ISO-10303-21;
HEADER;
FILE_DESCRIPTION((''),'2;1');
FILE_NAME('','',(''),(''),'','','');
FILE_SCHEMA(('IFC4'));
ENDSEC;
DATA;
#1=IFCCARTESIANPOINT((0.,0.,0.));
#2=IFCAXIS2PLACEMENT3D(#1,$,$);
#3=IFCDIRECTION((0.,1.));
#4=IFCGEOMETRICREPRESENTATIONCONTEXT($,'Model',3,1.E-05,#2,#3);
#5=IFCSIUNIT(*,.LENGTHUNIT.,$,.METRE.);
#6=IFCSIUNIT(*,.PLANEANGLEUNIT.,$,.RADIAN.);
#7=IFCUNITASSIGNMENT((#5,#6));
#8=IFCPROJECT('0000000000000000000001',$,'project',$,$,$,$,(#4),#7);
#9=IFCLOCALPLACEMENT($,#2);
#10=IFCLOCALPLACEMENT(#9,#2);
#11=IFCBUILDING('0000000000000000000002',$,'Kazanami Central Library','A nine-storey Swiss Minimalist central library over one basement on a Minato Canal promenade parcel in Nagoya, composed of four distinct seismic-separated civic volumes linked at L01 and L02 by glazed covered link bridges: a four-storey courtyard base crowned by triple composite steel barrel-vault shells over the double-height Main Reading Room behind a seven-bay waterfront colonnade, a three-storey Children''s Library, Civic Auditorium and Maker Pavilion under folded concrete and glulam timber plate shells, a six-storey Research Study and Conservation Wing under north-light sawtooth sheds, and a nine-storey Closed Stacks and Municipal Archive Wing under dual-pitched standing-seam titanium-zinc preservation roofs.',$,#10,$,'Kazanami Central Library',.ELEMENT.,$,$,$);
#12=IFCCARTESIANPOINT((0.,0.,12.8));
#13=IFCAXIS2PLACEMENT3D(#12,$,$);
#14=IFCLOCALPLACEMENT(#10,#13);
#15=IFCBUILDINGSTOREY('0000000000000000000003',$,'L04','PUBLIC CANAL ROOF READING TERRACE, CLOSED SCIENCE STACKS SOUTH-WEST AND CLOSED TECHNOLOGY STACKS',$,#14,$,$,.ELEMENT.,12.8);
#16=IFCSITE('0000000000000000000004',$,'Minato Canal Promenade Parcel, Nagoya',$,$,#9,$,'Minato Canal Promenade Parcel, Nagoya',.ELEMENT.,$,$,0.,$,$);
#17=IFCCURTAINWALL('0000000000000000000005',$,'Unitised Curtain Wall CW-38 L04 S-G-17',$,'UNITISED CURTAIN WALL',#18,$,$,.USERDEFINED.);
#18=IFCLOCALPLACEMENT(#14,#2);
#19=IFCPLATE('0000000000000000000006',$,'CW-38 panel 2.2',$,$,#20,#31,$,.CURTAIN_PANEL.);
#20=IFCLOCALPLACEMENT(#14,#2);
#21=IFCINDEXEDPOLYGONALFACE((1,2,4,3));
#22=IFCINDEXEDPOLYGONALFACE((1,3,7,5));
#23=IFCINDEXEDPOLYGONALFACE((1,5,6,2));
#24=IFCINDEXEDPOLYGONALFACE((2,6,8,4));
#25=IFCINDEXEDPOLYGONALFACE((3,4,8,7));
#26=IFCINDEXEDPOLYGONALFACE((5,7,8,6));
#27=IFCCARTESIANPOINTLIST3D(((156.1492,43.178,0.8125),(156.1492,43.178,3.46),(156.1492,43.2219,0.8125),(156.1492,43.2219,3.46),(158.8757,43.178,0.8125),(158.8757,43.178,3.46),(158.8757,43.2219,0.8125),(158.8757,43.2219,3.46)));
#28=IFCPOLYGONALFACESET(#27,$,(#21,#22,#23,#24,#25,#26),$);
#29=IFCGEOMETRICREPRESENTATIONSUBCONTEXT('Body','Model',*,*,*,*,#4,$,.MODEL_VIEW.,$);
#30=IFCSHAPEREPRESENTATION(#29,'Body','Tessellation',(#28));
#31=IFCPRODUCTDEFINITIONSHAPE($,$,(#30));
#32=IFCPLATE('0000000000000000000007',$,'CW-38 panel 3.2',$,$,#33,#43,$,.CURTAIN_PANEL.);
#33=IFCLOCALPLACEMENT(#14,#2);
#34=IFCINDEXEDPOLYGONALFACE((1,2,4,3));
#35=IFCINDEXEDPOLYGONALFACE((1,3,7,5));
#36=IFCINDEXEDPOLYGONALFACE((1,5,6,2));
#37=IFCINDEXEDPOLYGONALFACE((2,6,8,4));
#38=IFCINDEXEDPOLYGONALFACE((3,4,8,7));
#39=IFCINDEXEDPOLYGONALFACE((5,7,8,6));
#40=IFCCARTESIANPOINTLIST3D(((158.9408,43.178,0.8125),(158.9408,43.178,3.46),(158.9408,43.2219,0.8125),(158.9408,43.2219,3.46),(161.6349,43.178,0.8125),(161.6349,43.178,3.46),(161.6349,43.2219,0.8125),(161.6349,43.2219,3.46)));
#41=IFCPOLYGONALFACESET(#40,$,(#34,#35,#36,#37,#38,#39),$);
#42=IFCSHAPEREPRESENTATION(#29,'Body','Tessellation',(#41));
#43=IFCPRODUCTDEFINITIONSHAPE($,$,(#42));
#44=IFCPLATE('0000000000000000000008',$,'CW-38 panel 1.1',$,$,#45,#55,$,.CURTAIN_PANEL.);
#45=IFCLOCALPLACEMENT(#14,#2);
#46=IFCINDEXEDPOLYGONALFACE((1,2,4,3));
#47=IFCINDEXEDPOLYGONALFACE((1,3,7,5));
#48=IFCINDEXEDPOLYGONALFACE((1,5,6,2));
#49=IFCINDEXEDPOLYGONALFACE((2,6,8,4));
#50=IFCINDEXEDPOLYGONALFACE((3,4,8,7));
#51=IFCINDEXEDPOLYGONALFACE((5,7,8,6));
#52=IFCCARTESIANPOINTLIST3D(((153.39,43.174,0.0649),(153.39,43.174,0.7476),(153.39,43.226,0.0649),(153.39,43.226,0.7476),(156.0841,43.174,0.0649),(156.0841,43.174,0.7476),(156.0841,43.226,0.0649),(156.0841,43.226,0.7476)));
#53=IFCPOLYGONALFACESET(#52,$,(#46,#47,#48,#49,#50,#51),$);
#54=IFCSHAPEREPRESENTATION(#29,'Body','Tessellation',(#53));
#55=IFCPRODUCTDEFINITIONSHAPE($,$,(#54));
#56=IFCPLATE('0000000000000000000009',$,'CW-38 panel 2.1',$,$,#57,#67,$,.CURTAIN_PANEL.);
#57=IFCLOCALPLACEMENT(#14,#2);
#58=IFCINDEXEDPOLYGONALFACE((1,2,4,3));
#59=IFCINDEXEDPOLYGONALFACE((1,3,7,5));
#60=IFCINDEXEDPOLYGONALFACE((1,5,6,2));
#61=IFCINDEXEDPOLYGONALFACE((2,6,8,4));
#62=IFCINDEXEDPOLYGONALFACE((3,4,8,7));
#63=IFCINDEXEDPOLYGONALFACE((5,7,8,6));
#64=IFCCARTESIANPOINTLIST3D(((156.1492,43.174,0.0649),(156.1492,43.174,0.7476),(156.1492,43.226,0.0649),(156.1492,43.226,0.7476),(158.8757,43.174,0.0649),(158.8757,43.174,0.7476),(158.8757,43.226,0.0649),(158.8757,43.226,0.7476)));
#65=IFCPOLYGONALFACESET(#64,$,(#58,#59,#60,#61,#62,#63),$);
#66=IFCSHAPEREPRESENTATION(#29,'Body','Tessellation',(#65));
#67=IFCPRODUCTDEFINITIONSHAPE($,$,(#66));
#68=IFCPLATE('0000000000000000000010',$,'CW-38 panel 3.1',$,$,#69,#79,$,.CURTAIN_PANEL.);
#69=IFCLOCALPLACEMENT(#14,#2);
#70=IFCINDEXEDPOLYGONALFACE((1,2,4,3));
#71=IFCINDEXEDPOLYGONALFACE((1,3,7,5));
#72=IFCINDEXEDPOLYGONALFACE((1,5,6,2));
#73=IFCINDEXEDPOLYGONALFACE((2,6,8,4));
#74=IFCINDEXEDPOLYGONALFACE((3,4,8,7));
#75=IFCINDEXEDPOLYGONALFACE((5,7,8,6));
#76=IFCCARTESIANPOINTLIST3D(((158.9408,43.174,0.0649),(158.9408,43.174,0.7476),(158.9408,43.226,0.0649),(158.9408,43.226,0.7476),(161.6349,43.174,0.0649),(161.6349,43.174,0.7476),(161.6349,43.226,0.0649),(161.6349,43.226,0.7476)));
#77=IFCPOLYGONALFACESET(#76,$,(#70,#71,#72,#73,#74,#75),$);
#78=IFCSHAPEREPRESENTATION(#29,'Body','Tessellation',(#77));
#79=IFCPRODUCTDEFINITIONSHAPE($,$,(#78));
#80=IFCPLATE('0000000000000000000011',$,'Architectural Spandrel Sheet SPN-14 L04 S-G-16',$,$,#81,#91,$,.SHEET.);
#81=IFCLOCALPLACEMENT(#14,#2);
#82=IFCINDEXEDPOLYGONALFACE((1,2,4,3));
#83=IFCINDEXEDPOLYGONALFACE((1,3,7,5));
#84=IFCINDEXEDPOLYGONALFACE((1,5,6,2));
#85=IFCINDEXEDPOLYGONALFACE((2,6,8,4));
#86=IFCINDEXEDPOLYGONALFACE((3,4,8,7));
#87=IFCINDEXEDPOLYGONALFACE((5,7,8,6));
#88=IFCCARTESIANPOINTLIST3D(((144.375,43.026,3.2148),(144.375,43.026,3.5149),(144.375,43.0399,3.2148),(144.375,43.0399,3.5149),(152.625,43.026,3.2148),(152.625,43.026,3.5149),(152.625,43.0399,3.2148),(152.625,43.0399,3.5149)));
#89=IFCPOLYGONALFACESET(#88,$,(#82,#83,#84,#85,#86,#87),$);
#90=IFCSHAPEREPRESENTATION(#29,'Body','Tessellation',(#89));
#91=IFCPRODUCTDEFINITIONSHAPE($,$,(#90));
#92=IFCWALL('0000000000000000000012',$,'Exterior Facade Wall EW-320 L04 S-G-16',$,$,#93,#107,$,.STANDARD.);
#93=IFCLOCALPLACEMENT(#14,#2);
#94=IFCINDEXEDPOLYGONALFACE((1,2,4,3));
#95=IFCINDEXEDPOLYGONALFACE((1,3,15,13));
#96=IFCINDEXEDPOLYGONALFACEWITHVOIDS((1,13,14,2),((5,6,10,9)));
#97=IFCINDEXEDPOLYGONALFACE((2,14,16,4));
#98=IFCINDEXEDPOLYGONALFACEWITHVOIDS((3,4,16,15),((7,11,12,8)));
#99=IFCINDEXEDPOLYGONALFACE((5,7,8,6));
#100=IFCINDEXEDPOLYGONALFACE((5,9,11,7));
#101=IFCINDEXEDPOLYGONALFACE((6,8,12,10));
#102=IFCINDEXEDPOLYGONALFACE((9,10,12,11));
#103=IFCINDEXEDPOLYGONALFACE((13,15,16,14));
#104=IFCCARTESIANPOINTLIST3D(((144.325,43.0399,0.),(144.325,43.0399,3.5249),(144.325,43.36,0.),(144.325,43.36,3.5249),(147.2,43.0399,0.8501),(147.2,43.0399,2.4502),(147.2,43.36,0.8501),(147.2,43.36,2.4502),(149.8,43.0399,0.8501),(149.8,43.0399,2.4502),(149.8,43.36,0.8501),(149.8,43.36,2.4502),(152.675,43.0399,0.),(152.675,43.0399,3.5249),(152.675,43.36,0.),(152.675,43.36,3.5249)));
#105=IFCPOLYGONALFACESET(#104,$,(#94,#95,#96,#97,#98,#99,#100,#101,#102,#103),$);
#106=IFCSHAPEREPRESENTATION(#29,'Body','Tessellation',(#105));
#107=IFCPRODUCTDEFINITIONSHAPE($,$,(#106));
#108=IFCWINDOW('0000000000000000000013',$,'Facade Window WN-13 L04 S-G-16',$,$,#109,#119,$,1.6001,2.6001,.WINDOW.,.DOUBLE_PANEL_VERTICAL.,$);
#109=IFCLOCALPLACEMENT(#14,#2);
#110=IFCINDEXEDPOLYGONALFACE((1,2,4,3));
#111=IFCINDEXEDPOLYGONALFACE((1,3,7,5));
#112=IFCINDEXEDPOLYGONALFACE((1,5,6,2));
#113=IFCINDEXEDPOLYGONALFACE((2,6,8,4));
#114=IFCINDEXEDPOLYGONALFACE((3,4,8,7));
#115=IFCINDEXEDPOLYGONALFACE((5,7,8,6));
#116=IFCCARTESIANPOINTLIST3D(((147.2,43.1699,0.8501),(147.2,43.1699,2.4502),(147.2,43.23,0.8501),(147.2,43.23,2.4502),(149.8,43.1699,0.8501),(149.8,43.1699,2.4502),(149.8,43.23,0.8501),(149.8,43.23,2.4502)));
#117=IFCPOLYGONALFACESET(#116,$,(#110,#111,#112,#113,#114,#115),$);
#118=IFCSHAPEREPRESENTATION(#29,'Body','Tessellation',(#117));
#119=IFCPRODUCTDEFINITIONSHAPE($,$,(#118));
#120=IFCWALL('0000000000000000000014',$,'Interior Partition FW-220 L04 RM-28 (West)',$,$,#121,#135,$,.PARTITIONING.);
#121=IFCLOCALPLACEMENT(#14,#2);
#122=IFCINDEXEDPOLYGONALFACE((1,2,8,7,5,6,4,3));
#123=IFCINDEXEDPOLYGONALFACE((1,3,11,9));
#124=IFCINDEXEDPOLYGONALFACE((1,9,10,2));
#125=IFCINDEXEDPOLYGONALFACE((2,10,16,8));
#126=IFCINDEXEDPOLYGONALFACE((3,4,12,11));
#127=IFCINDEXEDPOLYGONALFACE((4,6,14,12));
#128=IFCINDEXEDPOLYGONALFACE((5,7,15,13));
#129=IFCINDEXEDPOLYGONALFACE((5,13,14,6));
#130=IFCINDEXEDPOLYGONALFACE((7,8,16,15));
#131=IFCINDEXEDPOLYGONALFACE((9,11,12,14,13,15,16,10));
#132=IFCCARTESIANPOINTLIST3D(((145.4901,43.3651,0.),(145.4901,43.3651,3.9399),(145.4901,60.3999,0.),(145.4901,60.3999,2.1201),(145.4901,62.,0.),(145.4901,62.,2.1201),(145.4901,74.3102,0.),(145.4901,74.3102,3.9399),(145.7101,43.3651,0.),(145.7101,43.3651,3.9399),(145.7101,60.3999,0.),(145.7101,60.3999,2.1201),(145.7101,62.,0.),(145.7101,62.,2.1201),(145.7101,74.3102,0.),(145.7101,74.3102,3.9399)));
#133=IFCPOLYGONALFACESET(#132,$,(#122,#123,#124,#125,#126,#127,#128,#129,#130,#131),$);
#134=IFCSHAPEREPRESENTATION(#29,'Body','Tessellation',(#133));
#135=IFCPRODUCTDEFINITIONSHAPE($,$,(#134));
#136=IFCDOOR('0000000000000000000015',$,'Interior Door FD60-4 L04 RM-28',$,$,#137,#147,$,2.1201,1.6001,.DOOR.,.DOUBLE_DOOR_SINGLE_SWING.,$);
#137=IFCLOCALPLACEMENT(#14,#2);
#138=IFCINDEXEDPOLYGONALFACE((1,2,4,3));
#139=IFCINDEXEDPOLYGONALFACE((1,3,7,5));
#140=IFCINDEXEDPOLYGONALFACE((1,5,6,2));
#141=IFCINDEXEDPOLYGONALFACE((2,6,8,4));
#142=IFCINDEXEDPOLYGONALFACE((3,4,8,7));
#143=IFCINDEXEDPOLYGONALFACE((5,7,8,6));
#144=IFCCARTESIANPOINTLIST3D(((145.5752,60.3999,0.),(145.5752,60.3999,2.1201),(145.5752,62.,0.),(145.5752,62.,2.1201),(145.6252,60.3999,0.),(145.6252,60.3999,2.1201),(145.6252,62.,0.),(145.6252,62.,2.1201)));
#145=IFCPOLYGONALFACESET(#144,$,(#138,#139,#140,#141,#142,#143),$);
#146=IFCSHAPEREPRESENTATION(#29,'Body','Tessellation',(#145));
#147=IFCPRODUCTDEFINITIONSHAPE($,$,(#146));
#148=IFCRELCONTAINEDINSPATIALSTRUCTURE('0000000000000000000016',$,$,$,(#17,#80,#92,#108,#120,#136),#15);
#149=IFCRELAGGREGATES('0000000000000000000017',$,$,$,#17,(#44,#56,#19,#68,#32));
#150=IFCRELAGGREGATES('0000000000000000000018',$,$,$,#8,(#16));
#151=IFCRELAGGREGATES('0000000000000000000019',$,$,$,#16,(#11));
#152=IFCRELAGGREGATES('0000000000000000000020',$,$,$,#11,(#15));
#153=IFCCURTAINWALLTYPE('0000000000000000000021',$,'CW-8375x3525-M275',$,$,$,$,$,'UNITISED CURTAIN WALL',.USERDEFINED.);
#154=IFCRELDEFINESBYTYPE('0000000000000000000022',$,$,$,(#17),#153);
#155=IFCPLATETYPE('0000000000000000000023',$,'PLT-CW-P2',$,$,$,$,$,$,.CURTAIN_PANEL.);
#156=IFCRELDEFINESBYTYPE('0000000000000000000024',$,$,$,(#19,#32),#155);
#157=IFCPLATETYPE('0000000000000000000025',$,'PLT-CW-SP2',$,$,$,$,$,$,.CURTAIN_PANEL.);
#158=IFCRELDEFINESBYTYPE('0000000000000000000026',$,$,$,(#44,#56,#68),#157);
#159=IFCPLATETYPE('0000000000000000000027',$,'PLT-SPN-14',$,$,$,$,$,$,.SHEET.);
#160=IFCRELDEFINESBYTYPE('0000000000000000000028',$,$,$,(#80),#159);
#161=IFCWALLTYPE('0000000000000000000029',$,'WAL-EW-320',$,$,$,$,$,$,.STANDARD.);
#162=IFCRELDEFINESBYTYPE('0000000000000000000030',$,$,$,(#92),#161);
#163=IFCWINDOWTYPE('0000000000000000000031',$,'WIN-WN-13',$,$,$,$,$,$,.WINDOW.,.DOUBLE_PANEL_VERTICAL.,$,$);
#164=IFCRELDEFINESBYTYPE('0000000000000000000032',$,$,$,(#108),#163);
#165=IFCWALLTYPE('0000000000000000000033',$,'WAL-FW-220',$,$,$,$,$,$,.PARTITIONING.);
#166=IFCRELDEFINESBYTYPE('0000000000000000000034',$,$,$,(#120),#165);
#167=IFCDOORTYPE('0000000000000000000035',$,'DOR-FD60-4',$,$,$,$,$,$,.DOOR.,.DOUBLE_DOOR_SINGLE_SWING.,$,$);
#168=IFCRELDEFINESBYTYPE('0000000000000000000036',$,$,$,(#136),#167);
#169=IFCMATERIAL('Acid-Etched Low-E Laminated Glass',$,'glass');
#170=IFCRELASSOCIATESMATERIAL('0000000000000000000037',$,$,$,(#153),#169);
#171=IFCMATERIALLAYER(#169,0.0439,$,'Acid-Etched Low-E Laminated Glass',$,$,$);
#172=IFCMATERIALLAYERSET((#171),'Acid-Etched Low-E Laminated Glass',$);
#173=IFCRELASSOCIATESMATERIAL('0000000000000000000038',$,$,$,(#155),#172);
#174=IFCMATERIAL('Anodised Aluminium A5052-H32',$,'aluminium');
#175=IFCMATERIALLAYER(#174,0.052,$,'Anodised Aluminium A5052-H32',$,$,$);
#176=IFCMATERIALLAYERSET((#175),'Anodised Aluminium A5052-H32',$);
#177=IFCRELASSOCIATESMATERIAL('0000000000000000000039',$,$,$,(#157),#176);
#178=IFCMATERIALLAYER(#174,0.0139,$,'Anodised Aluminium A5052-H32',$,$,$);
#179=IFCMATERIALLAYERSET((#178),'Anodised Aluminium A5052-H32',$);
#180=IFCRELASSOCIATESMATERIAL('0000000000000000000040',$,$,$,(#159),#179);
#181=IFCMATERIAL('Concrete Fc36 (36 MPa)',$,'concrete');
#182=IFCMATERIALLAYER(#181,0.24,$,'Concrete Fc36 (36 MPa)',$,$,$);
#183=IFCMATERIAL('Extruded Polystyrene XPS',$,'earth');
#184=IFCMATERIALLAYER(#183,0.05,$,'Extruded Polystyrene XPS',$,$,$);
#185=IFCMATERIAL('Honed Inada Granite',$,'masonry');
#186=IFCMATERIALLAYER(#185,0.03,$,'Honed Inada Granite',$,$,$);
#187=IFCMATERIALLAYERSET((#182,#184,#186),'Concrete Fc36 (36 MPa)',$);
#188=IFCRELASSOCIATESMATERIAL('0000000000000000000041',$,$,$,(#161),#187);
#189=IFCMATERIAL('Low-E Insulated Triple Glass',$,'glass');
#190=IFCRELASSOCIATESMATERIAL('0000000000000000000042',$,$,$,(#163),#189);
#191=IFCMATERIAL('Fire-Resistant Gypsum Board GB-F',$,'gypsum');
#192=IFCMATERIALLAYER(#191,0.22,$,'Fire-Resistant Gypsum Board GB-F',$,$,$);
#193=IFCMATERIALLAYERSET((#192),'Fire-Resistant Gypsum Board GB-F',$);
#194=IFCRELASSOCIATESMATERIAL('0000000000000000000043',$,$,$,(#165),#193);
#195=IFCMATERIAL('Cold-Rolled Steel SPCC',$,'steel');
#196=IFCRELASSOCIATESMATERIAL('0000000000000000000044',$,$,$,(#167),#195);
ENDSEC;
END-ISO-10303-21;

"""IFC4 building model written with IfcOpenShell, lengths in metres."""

from ifc_helpers import new_model, si_unit, direction, frame, frame_2d, origin, origin_2d, place, context, subcontext, project, spatial, rectangle, extrude, material, layer, layer_set, type_object, element, fill, aggregate, save


model = new_model("IFC4")

# Units and contexts
model_context = context("Model", 3, precision=1e-05, world=origin(), true_north=direction((0.0, 1.0)))
body_context = subcontext(model_context, "Body", "Model", "MODEL_VIEW")
ifc_project = project(units=[si_unit("LENGTHUNIT", "METRE"), si_unit("PLANEANGLEUNIT", "RADIAN")], contexts=[model_context])

# Site, building, storey
site_placement = place(None, origin())
site = spatial("IfcSite", under=ifc_project, at=site_placement, Name="Minato Canal Promenade Parcel, Nagoya", LongName="Minato Canal Promenade Parcel, Nagoya", CompositionType="ELEMENT", RefElevation=0.0)
building_placement = place(site_placement, origin())
building = spatial("IfcBuilding", under=site, at=building_placement, Name="Kazanami Central Library", Description="A nine-storey Swiss Minimalist central library over one basement on a Minato Canal promenade parcel in Nagoya, composed of four distinct seismic-separated civic volumes linked at L01 and L02 by glazed covered link bridges: a four-storey courtyard base crowned by triple composite steel barrel-vault shells over the double-height Main Reading Room behind a seven-bay waterfront colonnade, a three-storey Children's Library, Civic Auditorium and Maker Pavilion under folded concrete and glulam timber plate shells, a six-storey Research Study and Conservation Wing under north-light sawtooth sheds, and a nine-storey Closed Stacks and Municipal Archive Wing under dual-pitched standing-seam titanium-zinc preservation roofs.", LongName="Kazanami Central Library", CompositionType="ELEMENT")
storey_placement = place(building_placement, frame((0.0, 0.0, 12.8)))
storey = spatial("IfcBuildingStorey", under=building, at=storey_placement, Name="L04", Description="PUBLIC CANAL ROOF READING TERRACE, CLOSED SCIENCE STACKS SOUTH-WEST AND CLOSED TECHNOLOGY STACKS", CompositionType="ELEMENT", Elevation=12.8)

# Curtain wall, plates
ifc_material_1 = material(Name="Acid-Etched Low-E Laminated Glass", Category="glass")
curtain_wall_type = type_object("IfcCurtainWallType", Name="CW-8375x3525-M275", ElementType="UNITISED CURTAIN WALL", PredefinedType="USERDEFINED", material=ifc_material_1)
curtain_wall_placement = place(storey_placement, origin())
curtain_wall = element("IfcCurtainWall", 1, at=curtain_wall_placement, inside=storey, type_object=curtain_wall_type, Name="Unitised Curtain Wall CW-38 L04 S-G-17", ObjectType="UNITISED CURTAIN WALL", PredefinedType="USERDEFINED")
ifc_layer_1 = layer(ifc_material_1, 0.0439, Name="Acid-Etched Low-E Laminated Glass")
ifc_layer_set_1 = layer_set([ifc_layer_1], Name="Acid-Etched Low-E Laminated Glass")
plate_type_1 = type_object("IfcPlateType", Name="PLT-CW-P2", PredefinedType="CURTAIN_PANEL", material=ifc_layer_set_1)
plate_1_placement = place(storey_placement, frame((157.5125, 43.2, 0.8125), z_axis=(0.0, 0.0, 1.0), x_axis=(1.0, 0.0, 0.0)))
plate_1 = element("IfcPlate", 2, at=plate_1_placement, type_object=plate_type_1, Name="CW-38 panel 2.2", PredefinedType="CURTAIN_PANEL", context=body_context, shape_type="SweptSolid", body=[
    extrude(rectangle(XDim=2.7266, YDim=0.0439, at=origin_2d()), origin(), (0.0, 0.0, 1.0), 2.6475),
])
plate_2_placement = place(storey_placement, frame((160.2878, 43.2, 0.8125), z_axis=(0.0, 0.0, 1.0), x_axis=(1.0, 0.0, 0.0)))
plate_2 = element("IfcPlate", 3, at=plate_2_placement, type_object=plate_type_1, Name="CW-38 panel 3.2", PredefinedType="CURTAIN_PANEL", context=body_context, shape_type="SweptSolid", body=[
    extrude(rectangle(XDim=2.6941, YDim=0.0439, at=origin_2d()), origin(), (0.0, 0.0, 1.0), 2.6475),
])
ifc_material_2 = material(Name="Anodised Aluminium A5052-H32", Category="aluminium")
ifc_layer_2 = layer(ifc_material_2, 0.052, Name="Anodised Aluminium A5052-H32")
ifc_layer_set_2 = layer_set([ifc_layer_2], Name="Anodised Aluminium A5052-H32")
plate_type_2 = type_object("IfcPlateType", Name="PLT-CW-SP2", PredefinedType="CURTAIN_PANEL", material=ifc_layer_set_2)
plate_3_placement = place(storey_placement, frame((154.7371, 43.2, 0.0649), z_axis=(0.0, 0.0, 1.0), x_axis=(1.0, 0.0, 0.0)))
plate_3 = element("IfcPlate", 4, at=plate_3_placement, type_object=plate_type_2, Name="CW-38 panel 1.1", PredefinedType="CURTAIN_PANEL", context=body_context, shape_type="SweptSolid", body=[
    extrude(rectangle(XDim=2.6941, YDim=0.052, at=origin_2d()), origin(), (0.0, 0.0, 1.0), 0.6826),
])
plate_4_placement = place(storey_placement, frame((157.5125, 43.2, 0.0649), z_axis=(0.0, 0.0, 1.0), x_axis=(1.0, 0.0, 0.0)))
plate_4 = element("IfcPlate", 5, at=plate_4_placement, type_object=plate_type_2, Name="CW-38 panel 2.1", PredefinedType="CURTAIN_PANEL", context=body_context, shape_type="SweptSolid", body=[
    extrude(rectangle(XDim=2.7266, YDim=0.052, at=origin_2d()), origin(), (0.0, 0.0, 1.0), 0.6826),
])
plate_5_placement = place(storey_placement, frame((160.2878, 43.2, 0.0649), z_axis=(0.0, 0.0, 1.0), x_axis=(1.0, 0.0, 0.0)))
plate_5 = element("IfcPlate", 6, at=plate_5_placement, type_object=plate_type_2, Name="CW-38 panel 3.1", PredefinedType="CURTAIN_PANEL", context=body_context, shape_type="SweptSolid", body=[
    extrude(rectangle(XDim=2.6941, YDim=0.052, at=origin_2d()), origin(), (0.0, 0.0, 1.0), 0.6826),
])
aggregate(curtain_wall, [plate_3, plate_4, plate_1, plate_5, plate_2])

# Plate
ifc_layer_3 = layer(ifc_material_2, 0.0139, Name="Anodised Aluminium A5052-H32")
ifc_layer_set_3 = layer_set([ifc_layer_3], Name="Anodised Aluminium A5052-H32")
plate_type_3 = type_object("IfcPlateType", Name="PLT-SPN-14", PredefinedType="SHEET", material=ifc_layer_set_3)
plate_6_placement = place(storey_placement, frame((148.5, 43.033, 3.2148), z_axis=(0.0, 0.0, 1.0), x_axis=(1.0, 0.0, 0.0)))
element("IfcPlate", 7, at=plate_6_placement, inside=storey, type_object=plate_type_3, Name="Architectural Spandrel Sheet SPN-14 L04 S-G-16", PredefinedType="SHEET", context=body_context, shape_type="SweptSolid", body=[
    extrude(rectangle(XDim=8.25, YDim=0.0139, at=origin_2d()), origin(), (0.0, 0.0, 1.0), 0.3),
])

# Wall, opening, window
ifc_material_3 = material(Name="Concrete Fc36 (36 MPa)", Category="concrete")
ifc_layer_4 = layer(ifc_material_3, 0.24, Name="Concrete Fc36 (36 MPa)")
ifc_material_4 = material(Name="Extruded Polystyrene XPS", Category="earth")
ifc_layer_5 = layer(ifc_material_4, 0.05, Name="Extruded Polystyrene XPS")
ifc_material_5 = material(Name="Honed Inada Granite", Category="masonry")
ifc_layer_6 = layer(ifc_material_5, 0.03, Name="Honed Inada Granite")
ifc_layer_set_4 = layer_set([ifc_layer_4, ifc_layer_5, ifc_layer_6], Name="Concrete Fc36 (36 MPa)")
wall_type_1 = type_object("IfcWallType", Name="WAL-EW-320", PredefinedType="STANDARD", material=ifc_layer_set_4)
wall_1_placement = place(storey_placement, frame((144.325, 43.2, 0.0), z_axis=(0.0, 0.0, 1.0), x_axis=(1.0, 0.0, 0.0)))
wall_1 = element("IfcWall", 8, at=wall_1_placement, inside=storey, type_object=wall_type_1, Name="Exterior Facade Wall EW-320 L04 S-G-16", PredefinedType="STANDARD", context=body_context, shape_type="SweptSolid", body=[
    extrude(rectangle(XDim=8.3501, YDim=0.3201, at=frame_2d((4.175, 0.0))), origin(), (0.0, 0.0, 1.0), 3.5249),
])
opening_1_placement = place(wall_1_placement, frame((2.875, 0.0, 0.8501)))
opening_1 = element("IfcOpeningElement", 9, at=opening_1_placement, cuts=wall_1, PredefinedType="OPENING", context=body_context, shape_type="SweptSolid", body=[
    extrude(rectangle(XDim=2.6001, YDim=1.6001, at=frame_2d((1.3, 0.8))), frame((0.0, 0.1719, 0.0), z_axis=(0.0, -1.0, 0.0), x_axis=(1.0, 0.0, 0.0)), (0.0, 0.0, 1.0), 0.344),
])
ifc_material_6 = material(Name="Low-E Insulated Triple Glass", Category="glass")
window_type = type_object("IfcWindowType", Name="WIN-WN-13", PartitioningType="DOUBLE_PANEL_VERTICAL", PredefinedType="WINDOW", material=ifc_material_6)
window_placement = place(opening_1_placement, origin())
window = element("IfcWindow", 10, at=window_placement, inside=storey, type_object=window_type, Name="Facade Window WN-13 L04 S-G-16", OverallHeight=1.6001, OverallWidth=2.6001, PartitioningType="DOUBLE_PANEL_VERTICAL", PredefinedType="WINDOW", context=body_context, shape_type="SweptSolid", body=[
    extrude(rectangle(XDim=2.6001, YDim=1.6001, at=frame_2d((1.3, 0.8))), frame((0.0, 0.03, 0.0), z_axis=(0.0, -1.0, 0.0), x_axis=(1.0, 0.0, 0.0)), (0.0, 0.0, 1.0), 0.0601),
])
fill(opening_1, window)

# Wall, opening, door
ifc_material_7 = material(Name="Fire-Resistant Gypsum Board GB-F", Category="gypsum")
ifc_layer_7 = layer(ifc_material_7, 0.22, Name="Fire-Resistant Gypsum Board GB-F")
ifc_layer_set_5 = layer_set([ifc_layer_7], Name="Fire-Resistant Gypsum Board GB-F")
wall_type_2 = type_object("IfcWallType", Name="WAL-FW-220", PredefinedType="PARTITIONING", material=ifc_layer_set_5)
wall_2_placement = place(storey_placement, frame((145.6001, 43.365, 0.0), z_axis=(0.0, 0.0, 1.0), x_axis=(0.0, 1.0, 0.0)))
wall_2 = element("IfcWall", 11, at=wall_2_placement, inside=storey, type_object=wall_type_2, Name="Interior Partition FW-220 L04 RM-28 (West)", PredefinedType="PARTITIONING", context=body_context, shape_type="SweptSolid", body=[
    extrude(rectangle(XDim=30.9451, YDim=0.22, at=frame_2d((15.4727, 0.0))), origin(), (0.0, 0.0, 1.0), 3.9399),
])
opening_2_placement = place(wall_2_placement, frame((17.0349, 0.0, 0.0)))
opening_2 = element("IfcOpeningElement", 12, at=opening_2_placement, cuts=wall_2, PredefinedType="OPENING", context=body_context, shape_type="SweptSolid", body=[
    extrude(rectangle(XDim=1.6001, YDim=2.1201, at=frame_2d((0.8, 1.0601))), frame((0.0, 0.1221, 0.0), z_axis=(0.0, -1.0, 0.0), x_axis=(1.0, 0.0, 0.0)), (0.0, 0.0, 1.0), 0.2439),
])
ifc_material_8 = material(Name="Cold-Rolled Steel SPCC", Category="steel")
door_type = type_object("IfcDoorType", Name="DOR-FD60-4", OperationType="DOUBLE_DOOR_SINGLE_SWING", PredefinedType="DOOR", material=ifc_material_8)
door_placement = place(opening_2_placement, origin())
door = element("IfcDoor", 13, at=door_placement, inside=storey, type_object=door_type, Name="Interior Door FD60-4 L04 RM-28", OperationType="DOUBLE_DOOR_SINGLE_SWING", OverallHeight=2.1201, OverallWidth=1.6001, PredefinedType="DOOR", context=body_context, shape_type="SweptSolid", body=[
    extrude(rectangle(XDim=1.6001, YDim=2.1201, at=frame_2d((0.8, 1.0601))), frame((0.0, 0.0249, 0.0), z_axis=(0.0, -1.0, 0.0), x_axis=(1.0, 0.0, 0.0)), (0.0, 0.0, 1.0), 0.05),
])
fill(opening_2, door)

save(model, "model.ifc")
